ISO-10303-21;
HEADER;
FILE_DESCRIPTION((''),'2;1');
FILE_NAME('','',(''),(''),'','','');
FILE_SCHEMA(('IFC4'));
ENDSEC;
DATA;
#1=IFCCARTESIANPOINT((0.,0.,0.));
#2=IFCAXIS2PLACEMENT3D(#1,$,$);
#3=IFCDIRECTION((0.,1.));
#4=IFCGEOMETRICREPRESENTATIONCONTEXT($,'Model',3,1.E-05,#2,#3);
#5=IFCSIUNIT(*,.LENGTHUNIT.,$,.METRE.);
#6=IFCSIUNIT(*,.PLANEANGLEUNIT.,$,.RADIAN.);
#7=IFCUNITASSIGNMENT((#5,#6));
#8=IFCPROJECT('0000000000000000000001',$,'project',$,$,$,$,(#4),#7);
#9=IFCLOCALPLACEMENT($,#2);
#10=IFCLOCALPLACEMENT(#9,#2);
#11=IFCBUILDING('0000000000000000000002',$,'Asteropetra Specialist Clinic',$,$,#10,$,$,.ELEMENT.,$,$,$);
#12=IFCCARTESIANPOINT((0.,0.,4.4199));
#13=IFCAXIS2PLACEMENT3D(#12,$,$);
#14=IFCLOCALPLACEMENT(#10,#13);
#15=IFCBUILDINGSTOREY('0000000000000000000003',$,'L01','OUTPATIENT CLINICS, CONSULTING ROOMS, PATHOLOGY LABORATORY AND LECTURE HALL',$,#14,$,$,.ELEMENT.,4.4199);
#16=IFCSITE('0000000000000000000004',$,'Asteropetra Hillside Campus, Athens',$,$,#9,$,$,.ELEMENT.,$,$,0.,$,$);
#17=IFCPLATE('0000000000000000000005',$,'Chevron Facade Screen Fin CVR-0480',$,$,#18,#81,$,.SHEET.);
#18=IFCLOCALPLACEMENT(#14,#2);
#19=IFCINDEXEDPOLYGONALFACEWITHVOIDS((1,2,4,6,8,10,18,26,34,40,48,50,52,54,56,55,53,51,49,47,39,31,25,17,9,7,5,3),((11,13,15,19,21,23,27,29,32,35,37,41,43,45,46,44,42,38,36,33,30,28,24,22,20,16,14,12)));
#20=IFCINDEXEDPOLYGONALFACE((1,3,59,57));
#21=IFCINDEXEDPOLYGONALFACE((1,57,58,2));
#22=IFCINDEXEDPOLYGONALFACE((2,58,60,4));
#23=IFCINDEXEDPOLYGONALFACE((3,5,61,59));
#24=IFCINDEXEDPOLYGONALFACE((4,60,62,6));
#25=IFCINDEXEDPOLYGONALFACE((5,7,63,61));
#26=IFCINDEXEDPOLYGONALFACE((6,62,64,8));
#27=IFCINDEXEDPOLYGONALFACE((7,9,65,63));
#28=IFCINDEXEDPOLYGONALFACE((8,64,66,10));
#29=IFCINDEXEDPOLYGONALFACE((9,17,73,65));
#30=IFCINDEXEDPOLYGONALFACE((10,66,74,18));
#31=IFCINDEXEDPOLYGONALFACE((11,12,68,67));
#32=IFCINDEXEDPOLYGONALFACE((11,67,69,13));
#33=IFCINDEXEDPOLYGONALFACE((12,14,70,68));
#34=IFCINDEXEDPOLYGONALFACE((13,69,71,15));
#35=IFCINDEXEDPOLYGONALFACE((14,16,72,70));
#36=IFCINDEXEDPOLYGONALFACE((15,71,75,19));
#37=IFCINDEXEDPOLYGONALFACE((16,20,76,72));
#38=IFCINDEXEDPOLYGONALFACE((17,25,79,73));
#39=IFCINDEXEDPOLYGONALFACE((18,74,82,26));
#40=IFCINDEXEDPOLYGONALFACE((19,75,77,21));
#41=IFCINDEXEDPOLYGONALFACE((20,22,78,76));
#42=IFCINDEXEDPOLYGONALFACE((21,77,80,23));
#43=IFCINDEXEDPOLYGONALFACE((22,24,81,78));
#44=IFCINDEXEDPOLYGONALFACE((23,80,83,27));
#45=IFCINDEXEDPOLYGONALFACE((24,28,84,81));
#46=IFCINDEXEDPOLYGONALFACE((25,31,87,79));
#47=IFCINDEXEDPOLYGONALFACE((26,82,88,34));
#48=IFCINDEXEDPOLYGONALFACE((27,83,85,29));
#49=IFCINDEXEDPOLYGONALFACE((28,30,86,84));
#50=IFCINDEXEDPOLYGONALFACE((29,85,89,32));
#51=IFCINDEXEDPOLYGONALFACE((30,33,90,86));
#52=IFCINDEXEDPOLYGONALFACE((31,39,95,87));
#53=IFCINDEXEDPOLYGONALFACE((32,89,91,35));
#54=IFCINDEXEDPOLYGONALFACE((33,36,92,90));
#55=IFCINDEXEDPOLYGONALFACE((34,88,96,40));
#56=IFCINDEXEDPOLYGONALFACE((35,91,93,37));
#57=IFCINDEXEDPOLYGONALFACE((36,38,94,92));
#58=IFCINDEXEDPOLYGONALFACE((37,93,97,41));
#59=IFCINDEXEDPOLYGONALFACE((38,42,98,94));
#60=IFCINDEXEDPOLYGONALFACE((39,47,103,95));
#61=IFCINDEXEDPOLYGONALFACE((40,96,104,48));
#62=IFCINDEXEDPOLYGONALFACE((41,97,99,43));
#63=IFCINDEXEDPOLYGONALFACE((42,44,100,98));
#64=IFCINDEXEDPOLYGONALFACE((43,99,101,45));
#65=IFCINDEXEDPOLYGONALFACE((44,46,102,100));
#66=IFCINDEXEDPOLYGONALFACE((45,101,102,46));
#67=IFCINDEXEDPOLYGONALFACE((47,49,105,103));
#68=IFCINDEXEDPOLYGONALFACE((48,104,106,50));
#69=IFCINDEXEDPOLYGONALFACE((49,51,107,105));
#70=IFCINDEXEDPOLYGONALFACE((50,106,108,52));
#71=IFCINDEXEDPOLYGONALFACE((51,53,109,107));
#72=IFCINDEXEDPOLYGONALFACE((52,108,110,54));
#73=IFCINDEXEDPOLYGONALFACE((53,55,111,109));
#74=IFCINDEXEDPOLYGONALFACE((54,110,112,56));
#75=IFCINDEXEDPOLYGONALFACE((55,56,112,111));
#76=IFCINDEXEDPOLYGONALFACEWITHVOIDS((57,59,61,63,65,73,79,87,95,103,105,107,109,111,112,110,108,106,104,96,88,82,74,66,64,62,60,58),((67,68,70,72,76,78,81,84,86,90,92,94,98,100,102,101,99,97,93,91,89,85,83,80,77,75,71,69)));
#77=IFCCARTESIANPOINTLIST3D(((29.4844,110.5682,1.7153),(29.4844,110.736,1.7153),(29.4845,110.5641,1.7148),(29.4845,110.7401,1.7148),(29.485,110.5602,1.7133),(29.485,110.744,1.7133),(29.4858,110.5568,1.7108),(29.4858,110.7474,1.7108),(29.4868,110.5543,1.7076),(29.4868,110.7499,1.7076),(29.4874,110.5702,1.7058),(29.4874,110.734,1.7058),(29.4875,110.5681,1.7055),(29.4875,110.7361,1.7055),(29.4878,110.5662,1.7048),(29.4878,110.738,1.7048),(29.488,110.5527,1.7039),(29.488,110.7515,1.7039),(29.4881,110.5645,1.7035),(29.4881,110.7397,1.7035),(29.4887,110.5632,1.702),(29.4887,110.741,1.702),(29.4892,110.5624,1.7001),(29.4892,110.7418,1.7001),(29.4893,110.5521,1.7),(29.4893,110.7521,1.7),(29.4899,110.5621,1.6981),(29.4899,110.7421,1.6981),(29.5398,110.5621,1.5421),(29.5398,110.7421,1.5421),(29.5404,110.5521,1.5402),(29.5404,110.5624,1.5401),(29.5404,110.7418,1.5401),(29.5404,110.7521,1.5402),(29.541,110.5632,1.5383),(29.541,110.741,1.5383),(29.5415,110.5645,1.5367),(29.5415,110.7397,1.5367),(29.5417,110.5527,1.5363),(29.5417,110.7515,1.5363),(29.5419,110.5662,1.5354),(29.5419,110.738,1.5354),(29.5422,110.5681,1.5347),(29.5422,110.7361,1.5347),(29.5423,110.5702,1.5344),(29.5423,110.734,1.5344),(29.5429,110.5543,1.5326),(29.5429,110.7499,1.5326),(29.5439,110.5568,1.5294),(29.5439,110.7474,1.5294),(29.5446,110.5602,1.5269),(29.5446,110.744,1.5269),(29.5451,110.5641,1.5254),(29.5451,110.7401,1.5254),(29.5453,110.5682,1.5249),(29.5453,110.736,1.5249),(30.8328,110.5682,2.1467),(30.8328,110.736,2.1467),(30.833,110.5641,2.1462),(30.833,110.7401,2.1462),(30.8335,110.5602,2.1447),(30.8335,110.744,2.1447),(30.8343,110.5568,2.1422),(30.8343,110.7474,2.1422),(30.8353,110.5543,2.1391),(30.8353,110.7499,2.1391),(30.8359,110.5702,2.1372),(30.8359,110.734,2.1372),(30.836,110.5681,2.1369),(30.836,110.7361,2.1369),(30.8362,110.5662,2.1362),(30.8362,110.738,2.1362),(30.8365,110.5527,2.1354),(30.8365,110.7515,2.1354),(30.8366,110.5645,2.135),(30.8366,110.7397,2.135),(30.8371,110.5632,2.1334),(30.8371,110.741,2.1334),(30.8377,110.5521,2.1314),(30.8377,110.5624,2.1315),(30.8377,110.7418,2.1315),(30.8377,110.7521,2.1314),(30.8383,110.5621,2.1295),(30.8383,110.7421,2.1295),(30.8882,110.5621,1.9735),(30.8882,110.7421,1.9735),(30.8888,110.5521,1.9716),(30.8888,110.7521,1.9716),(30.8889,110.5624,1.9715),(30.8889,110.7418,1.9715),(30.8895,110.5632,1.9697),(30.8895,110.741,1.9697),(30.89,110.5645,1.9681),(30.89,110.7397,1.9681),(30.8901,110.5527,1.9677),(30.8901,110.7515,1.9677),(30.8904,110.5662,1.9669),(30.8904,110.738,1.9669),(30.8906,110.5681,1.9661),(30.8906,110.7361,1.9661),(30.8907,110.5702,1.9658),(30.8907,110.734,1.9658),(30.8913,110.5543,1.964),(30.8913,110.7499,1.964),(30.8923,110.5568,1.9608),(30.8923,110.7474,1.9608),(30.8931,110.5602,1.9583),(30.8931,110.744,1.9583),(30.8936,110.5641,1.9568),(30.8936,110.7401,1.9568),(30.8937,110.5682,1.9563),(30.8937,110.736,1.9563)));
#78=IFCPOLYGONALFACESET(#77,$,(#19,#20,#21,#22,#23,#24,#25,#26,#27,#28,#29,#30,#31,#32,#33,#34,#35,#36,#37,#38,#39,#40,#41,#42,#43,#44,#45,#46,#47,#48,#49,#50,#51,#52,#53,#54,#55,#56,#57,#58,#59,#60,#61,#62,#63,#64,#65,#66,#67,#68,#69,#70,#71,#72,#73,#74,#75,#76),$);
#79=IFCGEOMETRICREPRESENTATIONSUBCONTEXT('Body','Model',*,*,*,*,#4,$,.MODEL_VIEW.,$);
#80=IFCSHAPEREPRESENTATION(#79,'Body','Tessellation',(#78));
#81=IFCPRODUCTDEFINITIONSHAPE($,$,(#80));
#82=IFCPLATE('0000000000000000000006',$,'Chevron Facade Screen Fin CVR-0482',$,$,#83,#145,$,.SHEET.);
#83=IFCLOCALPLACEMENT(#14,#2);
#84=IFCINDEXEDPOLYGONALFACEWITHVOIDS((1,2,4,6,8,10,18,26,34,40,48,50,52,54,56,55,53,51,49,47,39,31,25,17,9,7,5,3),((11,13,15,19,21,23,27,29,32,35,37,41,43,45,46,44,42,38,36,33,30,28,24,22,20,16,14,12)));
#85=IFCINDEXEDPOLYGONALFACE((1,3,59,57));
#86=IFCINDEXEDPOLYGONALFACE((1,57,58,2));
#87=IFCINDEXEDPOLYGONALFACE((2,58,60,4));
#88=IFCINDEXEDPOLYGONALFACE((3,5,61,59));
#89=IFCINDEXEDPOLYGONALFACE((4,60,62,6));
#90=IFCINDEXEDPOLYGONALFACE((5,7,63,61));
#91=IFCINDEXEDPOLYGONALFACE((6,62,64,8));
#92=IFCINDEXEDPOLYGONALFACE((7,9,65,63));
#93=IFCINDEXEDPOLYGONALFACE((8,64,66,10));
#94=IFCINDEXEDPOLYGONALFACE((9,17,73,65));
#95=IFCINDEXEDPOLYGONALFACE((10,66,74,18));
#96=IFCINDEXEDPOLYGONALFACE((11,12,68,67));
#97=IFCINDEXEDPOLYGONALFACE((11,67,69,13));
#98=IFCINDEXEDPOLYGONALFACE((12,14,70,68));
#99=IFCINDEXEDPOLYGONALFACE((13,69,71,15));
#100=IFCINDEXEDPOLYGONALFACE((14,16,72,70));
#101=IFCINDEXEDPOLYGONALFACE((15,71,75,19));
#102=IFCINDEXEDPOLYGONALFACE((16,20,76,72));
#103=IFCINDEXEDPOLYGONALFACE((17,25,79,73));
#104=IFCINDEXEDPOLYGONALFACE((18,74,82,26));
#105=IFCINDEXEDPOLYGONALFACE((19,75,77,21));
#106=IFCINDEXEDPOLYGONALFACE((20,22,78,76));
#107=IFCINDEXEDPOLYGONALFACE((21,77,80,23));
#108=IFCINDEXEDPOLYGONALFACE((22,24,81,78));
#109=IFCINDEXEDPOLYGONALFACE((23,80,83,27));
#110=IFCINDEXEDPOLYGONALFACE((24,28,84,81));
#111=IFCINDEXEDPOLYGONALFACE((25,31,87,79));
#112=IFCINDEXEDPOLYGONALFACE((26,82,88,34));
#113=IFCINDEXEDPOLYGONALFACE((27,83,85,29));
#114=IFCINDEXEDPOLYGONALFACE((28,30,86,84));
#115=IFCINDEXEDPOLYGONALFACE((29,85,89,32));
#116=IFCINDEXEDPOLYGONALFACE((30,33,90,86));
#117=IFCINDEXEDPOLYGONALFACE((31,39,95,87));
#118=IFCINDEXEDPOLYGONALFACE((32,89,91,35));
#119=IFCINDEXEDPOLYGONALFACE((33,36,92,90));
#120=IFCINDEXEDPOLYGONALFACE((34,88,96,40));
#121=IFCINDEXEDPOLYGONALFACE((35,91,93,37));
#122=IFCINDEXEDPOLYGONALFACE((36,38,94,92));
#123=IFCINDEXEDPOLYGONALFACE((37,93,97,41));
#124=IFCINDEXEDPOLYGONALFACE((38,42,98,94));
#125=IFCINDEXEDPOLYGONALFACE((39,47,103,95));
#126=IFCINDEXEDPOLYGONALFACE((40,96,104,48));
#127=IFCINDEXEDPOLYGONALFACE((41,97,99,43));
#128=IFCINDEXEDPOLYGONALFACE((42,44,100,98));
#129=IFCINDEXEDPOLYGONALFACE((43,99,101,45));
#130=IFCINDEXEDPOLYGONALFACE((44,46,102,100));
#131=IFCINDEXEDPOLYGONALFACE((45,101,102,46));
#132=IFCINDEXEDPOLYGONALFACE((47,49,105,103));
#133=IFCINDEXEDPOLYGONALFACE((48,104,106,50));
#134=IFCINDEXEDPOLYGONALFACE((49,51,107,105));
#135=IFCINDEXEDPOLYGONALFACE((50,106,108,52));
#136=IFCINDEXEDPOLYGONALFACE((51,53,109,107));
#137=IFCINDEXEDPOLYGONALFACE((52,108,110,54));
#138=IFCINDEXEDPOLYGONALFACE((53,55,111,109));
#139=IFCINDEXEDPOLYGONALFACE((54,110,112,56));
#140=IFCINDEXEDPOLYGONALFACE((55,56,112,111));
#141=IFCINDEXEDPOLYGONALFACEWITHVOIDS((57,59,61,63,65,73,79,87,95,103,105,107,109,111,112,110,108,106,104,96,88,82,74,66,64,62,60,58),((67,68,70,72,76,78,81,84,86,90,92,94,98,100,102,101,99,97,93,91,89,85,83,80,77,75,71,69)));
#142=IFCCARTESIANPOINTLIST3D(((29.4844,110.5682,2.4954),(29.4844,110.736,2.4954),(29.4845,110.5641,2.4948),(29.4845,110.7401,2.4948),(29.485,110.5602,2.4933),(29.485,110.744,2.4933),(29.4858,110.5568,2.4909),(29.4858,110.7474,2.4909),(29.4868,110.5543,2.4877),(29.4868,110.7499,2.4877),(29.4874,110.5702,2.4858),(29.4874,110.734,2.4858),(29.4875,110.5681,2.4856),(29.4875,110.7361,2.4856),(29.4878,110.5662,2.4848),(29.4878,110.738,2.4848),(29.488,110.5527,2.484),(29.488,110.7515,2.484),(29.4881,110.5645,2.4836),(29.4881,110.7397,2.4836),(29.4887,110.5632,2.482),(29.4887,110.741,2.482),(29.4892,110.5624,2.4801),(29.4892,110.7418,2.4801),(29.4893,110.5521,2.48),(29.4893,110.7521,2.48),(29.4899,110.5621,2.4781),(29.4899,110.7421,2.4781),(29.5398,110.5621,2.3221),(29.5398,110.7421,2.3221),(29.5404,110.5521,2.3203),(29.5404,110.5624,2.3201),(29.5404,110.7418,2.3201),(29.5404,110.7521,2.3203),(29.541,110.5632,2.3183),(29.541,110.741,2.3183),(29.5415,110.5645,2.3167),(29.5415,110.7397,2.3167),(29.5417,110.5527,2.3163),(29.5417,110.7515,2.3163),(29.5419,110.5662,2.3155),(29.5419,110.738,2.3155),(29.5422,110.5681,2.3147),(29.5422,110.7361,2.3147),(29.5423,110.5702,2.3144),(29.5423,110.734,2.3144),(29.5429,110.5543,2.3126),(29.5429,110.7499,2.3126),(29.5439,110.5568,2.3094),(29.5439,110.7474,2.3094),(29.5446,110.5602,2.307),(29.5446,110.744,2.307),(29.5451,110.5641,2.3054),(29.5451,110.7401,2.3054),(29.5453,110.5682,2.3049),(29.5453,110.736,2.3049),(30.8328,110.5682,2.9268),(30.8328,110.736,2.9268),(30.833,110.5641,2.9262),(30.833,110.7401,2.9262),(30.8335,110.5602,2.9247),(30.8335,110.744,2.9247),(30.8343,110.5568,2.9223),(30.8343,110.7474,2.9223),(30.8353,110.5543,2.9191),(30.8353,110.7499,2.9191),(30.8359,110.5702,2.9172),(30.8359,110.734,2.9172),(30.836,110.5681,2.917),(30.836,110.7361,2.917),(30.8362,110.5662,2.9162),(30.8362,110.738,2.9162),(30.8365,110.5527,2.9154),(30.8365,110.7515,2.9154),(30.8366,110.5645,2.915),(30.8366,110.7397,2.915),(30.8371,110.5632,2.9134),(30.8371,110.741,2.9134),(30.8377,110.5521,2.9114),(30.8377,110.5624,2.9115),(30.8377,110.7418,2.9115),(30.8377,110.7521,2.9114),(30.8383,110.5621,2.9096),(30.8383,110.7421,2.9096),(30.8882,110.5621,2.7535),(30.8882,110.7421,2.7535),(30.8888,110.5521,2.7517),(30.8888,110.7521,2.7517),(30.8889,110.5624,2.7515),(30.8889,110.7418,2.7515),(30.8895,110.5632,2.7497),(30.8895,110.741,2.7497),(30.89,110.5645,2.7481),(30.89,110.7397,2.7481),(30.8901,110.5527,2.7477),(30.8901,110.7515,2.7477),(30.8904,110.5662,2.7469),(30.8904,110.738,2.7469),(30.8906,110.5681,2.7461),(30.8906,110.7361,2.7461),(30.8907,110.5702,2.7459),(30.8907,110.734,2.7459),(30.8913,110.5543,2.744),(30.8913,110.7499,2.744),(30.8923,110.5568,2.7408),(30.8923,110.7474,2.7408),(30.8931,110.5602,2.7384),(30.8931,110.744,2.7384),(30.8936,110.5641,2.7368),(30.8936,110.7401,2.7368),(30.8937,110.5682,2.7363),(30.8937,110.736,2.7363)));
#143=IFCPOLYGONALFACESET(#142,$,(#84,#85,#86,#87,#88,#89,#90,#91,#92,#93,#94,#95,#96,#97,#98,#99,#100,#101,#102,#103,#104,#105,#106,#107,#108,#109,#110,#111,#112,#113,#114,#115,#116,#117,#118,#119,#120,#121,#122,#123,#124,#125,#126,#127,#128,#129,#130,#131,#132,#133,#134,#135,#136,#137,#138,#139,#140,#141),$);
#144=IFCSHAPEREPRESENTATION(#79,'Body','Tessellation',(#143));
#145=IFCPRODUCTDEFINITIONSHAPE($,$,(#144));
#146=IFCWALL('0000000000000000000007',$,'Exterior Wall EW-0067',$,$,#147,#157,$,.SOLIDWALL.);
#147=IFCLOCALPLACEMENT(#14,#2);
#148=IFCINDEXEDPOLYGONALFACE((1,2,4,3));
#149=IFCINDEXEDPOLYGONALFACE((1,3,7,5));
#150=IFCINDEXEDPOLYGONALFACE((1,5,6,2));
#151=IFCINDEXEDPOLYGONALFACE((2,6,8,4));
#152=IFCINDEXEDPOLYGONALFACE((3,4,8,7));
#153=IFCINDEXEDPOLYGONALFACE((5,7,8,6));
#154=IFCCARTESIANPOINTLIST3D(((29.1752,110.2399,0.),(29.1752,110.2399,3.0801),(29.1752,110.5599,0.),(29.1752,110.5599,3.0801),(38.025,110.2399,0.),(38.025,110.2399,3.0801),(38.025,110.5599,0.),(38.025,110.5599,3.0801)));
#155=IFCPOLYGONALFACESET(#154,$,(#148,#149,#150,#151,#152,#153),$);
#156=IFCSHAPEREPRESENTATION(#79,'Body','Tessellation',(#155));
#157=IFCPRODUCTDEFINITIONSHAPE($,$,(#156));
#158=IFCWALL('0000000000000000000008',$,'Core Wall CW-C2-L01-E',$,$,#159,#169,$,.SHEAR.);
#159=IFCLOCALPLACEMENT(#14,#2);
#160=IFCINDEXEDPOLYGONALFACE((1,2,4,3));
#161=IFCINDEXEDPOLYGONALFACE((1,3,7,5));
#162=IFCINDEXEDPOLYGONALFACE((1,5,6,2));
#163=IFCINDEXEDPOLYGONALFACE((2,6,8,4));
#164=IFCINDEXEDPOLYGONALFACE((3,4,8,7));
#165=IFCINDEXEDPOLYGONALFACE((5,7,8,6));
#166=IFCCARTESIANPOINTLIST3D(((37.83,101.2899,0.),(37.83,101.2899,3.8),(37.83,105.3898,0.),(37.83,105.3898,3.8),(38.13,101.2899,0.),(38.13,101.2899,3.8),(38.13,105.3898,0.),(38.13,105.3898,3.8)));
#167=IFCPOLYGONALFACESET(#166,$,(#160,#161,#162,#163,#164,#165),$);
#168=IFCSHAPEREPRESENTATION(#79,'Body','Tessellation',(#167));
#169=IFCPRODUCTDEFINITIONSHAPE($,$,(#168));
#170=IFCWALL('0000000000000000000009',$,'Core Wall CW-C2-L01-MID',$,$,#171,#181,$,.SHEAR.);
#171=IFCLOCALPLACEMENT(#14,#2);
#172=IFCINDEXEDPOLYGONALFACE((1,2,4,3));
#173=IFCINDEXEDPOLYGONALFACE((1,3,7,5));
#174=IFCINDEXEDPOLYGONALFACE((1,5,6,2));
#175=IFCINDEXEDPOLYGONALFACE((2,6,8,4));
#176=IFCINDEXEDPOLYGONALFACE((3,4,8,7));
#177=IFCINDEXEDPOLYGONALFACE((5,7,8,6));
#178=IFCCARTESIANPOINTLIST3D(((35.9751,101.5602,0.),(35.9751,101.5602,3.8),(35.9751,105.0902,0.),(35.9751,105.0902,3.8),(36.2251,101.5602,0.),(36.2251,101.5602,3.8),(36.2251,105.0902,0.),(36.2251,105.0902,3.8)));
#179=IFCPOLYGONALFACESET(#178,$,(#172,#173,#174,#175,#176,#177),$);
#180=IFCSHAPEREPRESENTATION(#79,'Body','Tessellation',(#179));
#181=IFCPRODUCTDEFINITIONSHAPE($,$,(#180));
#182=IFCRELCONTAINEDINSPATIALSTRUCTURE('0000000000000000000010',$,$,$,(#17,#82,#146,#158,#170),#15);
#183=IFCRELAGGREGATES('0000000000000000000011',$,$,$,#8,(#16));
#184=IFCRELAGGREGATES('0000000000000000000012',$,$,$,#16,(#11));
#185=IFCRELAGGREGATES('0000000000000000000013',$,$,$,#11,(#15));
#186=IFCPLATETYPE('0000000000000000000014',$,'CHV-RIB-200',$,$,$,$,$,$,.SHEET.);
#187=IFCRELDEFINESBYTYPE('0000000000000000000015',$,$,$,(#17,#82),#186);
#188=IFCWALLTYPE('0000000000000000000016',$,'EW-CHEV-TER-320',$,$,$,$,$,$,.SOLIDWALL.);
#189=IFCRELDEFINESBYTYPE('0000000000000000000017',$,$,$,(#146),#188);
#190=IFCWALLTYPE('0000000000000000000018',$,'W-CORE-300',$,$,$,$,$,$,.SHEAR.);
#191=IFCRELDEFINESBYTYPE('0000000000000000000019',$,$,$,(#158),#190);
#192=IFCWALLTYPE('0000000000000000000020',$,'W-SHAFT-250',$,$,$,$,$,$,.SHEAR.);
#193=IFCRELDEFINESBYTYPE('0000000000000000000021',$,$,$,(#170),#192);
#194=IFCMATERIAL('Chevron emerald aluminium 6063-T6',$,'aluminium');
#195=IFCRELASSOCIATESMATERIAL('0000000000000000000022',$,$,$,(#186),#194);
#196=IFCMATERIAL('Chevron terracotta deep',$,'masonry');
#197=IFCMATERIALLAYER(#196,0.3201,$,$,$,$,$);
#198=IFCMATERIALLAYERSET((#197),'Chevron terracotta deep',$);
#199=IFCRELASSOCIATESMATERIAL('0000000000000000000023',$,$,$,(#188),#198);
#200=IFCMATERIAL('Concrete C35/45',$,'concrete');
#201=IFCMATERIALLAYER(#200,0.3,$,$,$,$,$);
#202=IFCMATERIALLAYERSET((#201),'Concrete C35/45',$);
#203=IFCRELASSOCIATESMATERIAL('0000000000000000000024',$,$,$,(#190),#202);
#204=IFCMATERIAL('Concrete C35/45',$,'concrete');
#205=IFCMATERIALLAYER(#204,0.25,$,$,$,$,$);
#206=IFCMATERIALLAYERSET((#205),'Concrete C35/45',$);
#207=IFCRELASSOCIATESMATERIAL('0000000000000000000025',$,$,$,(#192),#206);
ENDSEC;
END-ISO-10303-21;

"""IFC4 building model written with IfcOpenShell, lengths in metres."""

from ifc_helpers import new_model, si_unit, direction, frame, frame_2d, origin, origin_2d, place, context, subcontext, project, spatial, rectangle, hollow_rectangle, extrude, material, layer, layer_set, material_profile, profile_set, type_object, element, save


model = new_model("IFC4")

# Units and contexts
model_context = context("Model", 3, precision=1e-05, world=origin(), true_north=direction((0.0, 1.0)))
body_context = subcontext(model_context, "Body", "Model", "MODEL_VIEW")
ifc_project = project(units=[si_unit("LENGTHUNIT", "METRE"), si_unit("PLANEANGLEUNIT", "RADIAN")], contexts=[model_context])

# Site, building, storey
site_placement = place(None, origin())
site = spatial("IfcSite", under=ifc_project, at=site_placement, Name="Asteropetra Hillside Campus, Athens", CompositionType="ELEMENT", RefElevation=0.0)
building_placement = place(site_placement, origin())
building = spatial("IfcBuilding", under=site, at=building_placement, Name="Asteropetra Specialist Clinic", CompositionType="ELEMENT")
storey_placement = place(building_placement, frame((0.0, 0.0, 4.4199)))
storey = spatial("IfcBuildingStorey", under=building, at=storey_placement, Name="L01", Description="OUTPATIENT CLINICS, CONSULTING ROOMS, PATHOLOGY LABORATORY AND LECTURE HALL", CompositionType="ELEMENT", Elevation=4.4199)

# Plates
ifc_material_1 = material(Name="Chevron emerald aluminium 6063-T6", Category="aluminium")
ifc_material_profile_1 = material_profile(ifc_material_1, hollow_rectangle(XDim=0.2, YDim=0.2, WallThickness=0.01, InnerFilletRadius=0.0081, OuterFilletRadius=0.0161, at=origin_2d()), Name="SHS 200x200x10.0")
ifc_profile_set_1 = profile_set([ifc_material_profile_1], Name="Chevron emerald aluminium 6063-T6")
plate_type = type_object("IfcPlateType", Name="CHV-RIB-200", PredefinedType="SHEET", material=ifc_profile_set_1)
for number, where, z_axis, x_axis, name in (
    (1, (30.8633, 110.6521, 2.0515), (-0.952442, 0.0, -0.304719), (0.0, -1.0, 0.0), "Chevron Facade Screen Fin CVR-0480"),
    (2, (30.8633, 110.6521, 2.8315), (-0.952442, 0.0, -0.304719), (0.0, -1.0, 0.0), "Chevron Facade Screen Fin CVR-0482"),
):
    element("IfcPlate", number, at=place(storey_placement, frame(where, z_axis=z_axis, x_axis=x_axis)), inside=storey, type_object=plate_type, Name=name, PredefinedType="SHEET", context=body_context, shape_type="SweptSolid", body=[
        extrude(hollow_rectangle(XDim=0.2, YDim=0.2, WallThickness=0.01, InnerFilletRadius=0.0081, OuterFilletRadius=0.0161, at=origin_2d()), origin(), (0.0, 0.0, 1.0), 1.4158),
    ])

# Walls
ifc_material_2 = material(Name="Chevron terracotta deep", Category="masonry")
ifc_layer_1 = layer(ifc_material_2, 0.3201)
ifc_layer_set_1 = layer_set([ifc_layer_1], Name="Chevron terracotta deep")
wall_type_1 = type_object("IfcWallType", Name="EW-CHEV-TER-320", PredefinedType="SOLIDWALL", material=ifc_layer_set_1)
wall_1_placement = place(storey_placement, frame((38.0249, 110.3999, 0.0), z_axis=(0.0, 0.0, 1.0), x_axis=(-1.0, 0.0, 0.0)))
element("IfcWall", 3, at=wall_1_placement, inside=storey, type_object=wall_type_1, Name="Exterior Wall EW-0067", PredefinedType="SOLIDWALL", context=body_context, shape_type="SweptSolid", body=[
    extrude(rectangle(XDim=8.8499, YDim=0.3201, at=frame_2d((4.4248, 0.0))), origin(), (0.0, 0.0, 1.0), 3.0801),
])
ifc_material_3 = material(Name="Concrete C35/45", Category="concrete")
ifc_layer_2 = layer(ifc_material_3, 0.3)
ifc_layer_set_2 = layer_set([ifc_layer_2], Name="Concrete C35/45")
wall_type_2 = type_object("IfcWallType", Name="W-CORE-300", PredefinedType="SHEAR", material=ifc_layer_set_2)
wall_2_placement = place(storey_placement, frame((37.98, 101.29, 0.0), z_axis=(0.0, 0.0, 1.0), x_axis=(0.0, 1.0, 0.0)))
element("IfcWall", 4, at=wall_2_placement, inside=storey, type_object=wall_type_2, Name="Core Wall CW-C2-L01-E", PredefinedType="SHEAR", context=body_context, shape_type="SweptSolid", body=[
    extrude(rectangle(XDim=4.0999, YDim=0.3, at=frame_2d((2.0498, 0.0))), origin(), (0.0, 0.0, 1.0), 3.8),
])
ifc_material_4 = material(Name="Concrete C35/45", Category="concrete")
ifc_layer_3 = layer(ifc_material_4, 0.25)
ifc_layer_set_3 = layer_set([ifc_layer_3], Name="Concrete C35/45")
wall_type_3 = type_object("IfcWallType", Name="W-SHAFT-250", PredefinedType="SHEAR", material=ifc_layer_set_3)
wall_3_placement = place(storey_placement, frame((36.1001, 101.5601, 0.0), z_axis=(0.0, 0.0, 1.0), x_axis=(0.0, 1.0, 0.0)))
element("IfcWall", 5, at=wall_3_placement, inside=storey, type_object=wall_type_3, Name="Core Wall CW-C2-L01-MID", PredefinedType="SHEAR", context=body_context, shape_type="SweptSolid", body=[
    extrude(rectangle(XDim=3.53, YDim=0.25, at=frame_2d((1.7651, 0.0))), origin(), (0.0, 0.0, 1.0), 3.8),
])

save(model, "model.ifc")
